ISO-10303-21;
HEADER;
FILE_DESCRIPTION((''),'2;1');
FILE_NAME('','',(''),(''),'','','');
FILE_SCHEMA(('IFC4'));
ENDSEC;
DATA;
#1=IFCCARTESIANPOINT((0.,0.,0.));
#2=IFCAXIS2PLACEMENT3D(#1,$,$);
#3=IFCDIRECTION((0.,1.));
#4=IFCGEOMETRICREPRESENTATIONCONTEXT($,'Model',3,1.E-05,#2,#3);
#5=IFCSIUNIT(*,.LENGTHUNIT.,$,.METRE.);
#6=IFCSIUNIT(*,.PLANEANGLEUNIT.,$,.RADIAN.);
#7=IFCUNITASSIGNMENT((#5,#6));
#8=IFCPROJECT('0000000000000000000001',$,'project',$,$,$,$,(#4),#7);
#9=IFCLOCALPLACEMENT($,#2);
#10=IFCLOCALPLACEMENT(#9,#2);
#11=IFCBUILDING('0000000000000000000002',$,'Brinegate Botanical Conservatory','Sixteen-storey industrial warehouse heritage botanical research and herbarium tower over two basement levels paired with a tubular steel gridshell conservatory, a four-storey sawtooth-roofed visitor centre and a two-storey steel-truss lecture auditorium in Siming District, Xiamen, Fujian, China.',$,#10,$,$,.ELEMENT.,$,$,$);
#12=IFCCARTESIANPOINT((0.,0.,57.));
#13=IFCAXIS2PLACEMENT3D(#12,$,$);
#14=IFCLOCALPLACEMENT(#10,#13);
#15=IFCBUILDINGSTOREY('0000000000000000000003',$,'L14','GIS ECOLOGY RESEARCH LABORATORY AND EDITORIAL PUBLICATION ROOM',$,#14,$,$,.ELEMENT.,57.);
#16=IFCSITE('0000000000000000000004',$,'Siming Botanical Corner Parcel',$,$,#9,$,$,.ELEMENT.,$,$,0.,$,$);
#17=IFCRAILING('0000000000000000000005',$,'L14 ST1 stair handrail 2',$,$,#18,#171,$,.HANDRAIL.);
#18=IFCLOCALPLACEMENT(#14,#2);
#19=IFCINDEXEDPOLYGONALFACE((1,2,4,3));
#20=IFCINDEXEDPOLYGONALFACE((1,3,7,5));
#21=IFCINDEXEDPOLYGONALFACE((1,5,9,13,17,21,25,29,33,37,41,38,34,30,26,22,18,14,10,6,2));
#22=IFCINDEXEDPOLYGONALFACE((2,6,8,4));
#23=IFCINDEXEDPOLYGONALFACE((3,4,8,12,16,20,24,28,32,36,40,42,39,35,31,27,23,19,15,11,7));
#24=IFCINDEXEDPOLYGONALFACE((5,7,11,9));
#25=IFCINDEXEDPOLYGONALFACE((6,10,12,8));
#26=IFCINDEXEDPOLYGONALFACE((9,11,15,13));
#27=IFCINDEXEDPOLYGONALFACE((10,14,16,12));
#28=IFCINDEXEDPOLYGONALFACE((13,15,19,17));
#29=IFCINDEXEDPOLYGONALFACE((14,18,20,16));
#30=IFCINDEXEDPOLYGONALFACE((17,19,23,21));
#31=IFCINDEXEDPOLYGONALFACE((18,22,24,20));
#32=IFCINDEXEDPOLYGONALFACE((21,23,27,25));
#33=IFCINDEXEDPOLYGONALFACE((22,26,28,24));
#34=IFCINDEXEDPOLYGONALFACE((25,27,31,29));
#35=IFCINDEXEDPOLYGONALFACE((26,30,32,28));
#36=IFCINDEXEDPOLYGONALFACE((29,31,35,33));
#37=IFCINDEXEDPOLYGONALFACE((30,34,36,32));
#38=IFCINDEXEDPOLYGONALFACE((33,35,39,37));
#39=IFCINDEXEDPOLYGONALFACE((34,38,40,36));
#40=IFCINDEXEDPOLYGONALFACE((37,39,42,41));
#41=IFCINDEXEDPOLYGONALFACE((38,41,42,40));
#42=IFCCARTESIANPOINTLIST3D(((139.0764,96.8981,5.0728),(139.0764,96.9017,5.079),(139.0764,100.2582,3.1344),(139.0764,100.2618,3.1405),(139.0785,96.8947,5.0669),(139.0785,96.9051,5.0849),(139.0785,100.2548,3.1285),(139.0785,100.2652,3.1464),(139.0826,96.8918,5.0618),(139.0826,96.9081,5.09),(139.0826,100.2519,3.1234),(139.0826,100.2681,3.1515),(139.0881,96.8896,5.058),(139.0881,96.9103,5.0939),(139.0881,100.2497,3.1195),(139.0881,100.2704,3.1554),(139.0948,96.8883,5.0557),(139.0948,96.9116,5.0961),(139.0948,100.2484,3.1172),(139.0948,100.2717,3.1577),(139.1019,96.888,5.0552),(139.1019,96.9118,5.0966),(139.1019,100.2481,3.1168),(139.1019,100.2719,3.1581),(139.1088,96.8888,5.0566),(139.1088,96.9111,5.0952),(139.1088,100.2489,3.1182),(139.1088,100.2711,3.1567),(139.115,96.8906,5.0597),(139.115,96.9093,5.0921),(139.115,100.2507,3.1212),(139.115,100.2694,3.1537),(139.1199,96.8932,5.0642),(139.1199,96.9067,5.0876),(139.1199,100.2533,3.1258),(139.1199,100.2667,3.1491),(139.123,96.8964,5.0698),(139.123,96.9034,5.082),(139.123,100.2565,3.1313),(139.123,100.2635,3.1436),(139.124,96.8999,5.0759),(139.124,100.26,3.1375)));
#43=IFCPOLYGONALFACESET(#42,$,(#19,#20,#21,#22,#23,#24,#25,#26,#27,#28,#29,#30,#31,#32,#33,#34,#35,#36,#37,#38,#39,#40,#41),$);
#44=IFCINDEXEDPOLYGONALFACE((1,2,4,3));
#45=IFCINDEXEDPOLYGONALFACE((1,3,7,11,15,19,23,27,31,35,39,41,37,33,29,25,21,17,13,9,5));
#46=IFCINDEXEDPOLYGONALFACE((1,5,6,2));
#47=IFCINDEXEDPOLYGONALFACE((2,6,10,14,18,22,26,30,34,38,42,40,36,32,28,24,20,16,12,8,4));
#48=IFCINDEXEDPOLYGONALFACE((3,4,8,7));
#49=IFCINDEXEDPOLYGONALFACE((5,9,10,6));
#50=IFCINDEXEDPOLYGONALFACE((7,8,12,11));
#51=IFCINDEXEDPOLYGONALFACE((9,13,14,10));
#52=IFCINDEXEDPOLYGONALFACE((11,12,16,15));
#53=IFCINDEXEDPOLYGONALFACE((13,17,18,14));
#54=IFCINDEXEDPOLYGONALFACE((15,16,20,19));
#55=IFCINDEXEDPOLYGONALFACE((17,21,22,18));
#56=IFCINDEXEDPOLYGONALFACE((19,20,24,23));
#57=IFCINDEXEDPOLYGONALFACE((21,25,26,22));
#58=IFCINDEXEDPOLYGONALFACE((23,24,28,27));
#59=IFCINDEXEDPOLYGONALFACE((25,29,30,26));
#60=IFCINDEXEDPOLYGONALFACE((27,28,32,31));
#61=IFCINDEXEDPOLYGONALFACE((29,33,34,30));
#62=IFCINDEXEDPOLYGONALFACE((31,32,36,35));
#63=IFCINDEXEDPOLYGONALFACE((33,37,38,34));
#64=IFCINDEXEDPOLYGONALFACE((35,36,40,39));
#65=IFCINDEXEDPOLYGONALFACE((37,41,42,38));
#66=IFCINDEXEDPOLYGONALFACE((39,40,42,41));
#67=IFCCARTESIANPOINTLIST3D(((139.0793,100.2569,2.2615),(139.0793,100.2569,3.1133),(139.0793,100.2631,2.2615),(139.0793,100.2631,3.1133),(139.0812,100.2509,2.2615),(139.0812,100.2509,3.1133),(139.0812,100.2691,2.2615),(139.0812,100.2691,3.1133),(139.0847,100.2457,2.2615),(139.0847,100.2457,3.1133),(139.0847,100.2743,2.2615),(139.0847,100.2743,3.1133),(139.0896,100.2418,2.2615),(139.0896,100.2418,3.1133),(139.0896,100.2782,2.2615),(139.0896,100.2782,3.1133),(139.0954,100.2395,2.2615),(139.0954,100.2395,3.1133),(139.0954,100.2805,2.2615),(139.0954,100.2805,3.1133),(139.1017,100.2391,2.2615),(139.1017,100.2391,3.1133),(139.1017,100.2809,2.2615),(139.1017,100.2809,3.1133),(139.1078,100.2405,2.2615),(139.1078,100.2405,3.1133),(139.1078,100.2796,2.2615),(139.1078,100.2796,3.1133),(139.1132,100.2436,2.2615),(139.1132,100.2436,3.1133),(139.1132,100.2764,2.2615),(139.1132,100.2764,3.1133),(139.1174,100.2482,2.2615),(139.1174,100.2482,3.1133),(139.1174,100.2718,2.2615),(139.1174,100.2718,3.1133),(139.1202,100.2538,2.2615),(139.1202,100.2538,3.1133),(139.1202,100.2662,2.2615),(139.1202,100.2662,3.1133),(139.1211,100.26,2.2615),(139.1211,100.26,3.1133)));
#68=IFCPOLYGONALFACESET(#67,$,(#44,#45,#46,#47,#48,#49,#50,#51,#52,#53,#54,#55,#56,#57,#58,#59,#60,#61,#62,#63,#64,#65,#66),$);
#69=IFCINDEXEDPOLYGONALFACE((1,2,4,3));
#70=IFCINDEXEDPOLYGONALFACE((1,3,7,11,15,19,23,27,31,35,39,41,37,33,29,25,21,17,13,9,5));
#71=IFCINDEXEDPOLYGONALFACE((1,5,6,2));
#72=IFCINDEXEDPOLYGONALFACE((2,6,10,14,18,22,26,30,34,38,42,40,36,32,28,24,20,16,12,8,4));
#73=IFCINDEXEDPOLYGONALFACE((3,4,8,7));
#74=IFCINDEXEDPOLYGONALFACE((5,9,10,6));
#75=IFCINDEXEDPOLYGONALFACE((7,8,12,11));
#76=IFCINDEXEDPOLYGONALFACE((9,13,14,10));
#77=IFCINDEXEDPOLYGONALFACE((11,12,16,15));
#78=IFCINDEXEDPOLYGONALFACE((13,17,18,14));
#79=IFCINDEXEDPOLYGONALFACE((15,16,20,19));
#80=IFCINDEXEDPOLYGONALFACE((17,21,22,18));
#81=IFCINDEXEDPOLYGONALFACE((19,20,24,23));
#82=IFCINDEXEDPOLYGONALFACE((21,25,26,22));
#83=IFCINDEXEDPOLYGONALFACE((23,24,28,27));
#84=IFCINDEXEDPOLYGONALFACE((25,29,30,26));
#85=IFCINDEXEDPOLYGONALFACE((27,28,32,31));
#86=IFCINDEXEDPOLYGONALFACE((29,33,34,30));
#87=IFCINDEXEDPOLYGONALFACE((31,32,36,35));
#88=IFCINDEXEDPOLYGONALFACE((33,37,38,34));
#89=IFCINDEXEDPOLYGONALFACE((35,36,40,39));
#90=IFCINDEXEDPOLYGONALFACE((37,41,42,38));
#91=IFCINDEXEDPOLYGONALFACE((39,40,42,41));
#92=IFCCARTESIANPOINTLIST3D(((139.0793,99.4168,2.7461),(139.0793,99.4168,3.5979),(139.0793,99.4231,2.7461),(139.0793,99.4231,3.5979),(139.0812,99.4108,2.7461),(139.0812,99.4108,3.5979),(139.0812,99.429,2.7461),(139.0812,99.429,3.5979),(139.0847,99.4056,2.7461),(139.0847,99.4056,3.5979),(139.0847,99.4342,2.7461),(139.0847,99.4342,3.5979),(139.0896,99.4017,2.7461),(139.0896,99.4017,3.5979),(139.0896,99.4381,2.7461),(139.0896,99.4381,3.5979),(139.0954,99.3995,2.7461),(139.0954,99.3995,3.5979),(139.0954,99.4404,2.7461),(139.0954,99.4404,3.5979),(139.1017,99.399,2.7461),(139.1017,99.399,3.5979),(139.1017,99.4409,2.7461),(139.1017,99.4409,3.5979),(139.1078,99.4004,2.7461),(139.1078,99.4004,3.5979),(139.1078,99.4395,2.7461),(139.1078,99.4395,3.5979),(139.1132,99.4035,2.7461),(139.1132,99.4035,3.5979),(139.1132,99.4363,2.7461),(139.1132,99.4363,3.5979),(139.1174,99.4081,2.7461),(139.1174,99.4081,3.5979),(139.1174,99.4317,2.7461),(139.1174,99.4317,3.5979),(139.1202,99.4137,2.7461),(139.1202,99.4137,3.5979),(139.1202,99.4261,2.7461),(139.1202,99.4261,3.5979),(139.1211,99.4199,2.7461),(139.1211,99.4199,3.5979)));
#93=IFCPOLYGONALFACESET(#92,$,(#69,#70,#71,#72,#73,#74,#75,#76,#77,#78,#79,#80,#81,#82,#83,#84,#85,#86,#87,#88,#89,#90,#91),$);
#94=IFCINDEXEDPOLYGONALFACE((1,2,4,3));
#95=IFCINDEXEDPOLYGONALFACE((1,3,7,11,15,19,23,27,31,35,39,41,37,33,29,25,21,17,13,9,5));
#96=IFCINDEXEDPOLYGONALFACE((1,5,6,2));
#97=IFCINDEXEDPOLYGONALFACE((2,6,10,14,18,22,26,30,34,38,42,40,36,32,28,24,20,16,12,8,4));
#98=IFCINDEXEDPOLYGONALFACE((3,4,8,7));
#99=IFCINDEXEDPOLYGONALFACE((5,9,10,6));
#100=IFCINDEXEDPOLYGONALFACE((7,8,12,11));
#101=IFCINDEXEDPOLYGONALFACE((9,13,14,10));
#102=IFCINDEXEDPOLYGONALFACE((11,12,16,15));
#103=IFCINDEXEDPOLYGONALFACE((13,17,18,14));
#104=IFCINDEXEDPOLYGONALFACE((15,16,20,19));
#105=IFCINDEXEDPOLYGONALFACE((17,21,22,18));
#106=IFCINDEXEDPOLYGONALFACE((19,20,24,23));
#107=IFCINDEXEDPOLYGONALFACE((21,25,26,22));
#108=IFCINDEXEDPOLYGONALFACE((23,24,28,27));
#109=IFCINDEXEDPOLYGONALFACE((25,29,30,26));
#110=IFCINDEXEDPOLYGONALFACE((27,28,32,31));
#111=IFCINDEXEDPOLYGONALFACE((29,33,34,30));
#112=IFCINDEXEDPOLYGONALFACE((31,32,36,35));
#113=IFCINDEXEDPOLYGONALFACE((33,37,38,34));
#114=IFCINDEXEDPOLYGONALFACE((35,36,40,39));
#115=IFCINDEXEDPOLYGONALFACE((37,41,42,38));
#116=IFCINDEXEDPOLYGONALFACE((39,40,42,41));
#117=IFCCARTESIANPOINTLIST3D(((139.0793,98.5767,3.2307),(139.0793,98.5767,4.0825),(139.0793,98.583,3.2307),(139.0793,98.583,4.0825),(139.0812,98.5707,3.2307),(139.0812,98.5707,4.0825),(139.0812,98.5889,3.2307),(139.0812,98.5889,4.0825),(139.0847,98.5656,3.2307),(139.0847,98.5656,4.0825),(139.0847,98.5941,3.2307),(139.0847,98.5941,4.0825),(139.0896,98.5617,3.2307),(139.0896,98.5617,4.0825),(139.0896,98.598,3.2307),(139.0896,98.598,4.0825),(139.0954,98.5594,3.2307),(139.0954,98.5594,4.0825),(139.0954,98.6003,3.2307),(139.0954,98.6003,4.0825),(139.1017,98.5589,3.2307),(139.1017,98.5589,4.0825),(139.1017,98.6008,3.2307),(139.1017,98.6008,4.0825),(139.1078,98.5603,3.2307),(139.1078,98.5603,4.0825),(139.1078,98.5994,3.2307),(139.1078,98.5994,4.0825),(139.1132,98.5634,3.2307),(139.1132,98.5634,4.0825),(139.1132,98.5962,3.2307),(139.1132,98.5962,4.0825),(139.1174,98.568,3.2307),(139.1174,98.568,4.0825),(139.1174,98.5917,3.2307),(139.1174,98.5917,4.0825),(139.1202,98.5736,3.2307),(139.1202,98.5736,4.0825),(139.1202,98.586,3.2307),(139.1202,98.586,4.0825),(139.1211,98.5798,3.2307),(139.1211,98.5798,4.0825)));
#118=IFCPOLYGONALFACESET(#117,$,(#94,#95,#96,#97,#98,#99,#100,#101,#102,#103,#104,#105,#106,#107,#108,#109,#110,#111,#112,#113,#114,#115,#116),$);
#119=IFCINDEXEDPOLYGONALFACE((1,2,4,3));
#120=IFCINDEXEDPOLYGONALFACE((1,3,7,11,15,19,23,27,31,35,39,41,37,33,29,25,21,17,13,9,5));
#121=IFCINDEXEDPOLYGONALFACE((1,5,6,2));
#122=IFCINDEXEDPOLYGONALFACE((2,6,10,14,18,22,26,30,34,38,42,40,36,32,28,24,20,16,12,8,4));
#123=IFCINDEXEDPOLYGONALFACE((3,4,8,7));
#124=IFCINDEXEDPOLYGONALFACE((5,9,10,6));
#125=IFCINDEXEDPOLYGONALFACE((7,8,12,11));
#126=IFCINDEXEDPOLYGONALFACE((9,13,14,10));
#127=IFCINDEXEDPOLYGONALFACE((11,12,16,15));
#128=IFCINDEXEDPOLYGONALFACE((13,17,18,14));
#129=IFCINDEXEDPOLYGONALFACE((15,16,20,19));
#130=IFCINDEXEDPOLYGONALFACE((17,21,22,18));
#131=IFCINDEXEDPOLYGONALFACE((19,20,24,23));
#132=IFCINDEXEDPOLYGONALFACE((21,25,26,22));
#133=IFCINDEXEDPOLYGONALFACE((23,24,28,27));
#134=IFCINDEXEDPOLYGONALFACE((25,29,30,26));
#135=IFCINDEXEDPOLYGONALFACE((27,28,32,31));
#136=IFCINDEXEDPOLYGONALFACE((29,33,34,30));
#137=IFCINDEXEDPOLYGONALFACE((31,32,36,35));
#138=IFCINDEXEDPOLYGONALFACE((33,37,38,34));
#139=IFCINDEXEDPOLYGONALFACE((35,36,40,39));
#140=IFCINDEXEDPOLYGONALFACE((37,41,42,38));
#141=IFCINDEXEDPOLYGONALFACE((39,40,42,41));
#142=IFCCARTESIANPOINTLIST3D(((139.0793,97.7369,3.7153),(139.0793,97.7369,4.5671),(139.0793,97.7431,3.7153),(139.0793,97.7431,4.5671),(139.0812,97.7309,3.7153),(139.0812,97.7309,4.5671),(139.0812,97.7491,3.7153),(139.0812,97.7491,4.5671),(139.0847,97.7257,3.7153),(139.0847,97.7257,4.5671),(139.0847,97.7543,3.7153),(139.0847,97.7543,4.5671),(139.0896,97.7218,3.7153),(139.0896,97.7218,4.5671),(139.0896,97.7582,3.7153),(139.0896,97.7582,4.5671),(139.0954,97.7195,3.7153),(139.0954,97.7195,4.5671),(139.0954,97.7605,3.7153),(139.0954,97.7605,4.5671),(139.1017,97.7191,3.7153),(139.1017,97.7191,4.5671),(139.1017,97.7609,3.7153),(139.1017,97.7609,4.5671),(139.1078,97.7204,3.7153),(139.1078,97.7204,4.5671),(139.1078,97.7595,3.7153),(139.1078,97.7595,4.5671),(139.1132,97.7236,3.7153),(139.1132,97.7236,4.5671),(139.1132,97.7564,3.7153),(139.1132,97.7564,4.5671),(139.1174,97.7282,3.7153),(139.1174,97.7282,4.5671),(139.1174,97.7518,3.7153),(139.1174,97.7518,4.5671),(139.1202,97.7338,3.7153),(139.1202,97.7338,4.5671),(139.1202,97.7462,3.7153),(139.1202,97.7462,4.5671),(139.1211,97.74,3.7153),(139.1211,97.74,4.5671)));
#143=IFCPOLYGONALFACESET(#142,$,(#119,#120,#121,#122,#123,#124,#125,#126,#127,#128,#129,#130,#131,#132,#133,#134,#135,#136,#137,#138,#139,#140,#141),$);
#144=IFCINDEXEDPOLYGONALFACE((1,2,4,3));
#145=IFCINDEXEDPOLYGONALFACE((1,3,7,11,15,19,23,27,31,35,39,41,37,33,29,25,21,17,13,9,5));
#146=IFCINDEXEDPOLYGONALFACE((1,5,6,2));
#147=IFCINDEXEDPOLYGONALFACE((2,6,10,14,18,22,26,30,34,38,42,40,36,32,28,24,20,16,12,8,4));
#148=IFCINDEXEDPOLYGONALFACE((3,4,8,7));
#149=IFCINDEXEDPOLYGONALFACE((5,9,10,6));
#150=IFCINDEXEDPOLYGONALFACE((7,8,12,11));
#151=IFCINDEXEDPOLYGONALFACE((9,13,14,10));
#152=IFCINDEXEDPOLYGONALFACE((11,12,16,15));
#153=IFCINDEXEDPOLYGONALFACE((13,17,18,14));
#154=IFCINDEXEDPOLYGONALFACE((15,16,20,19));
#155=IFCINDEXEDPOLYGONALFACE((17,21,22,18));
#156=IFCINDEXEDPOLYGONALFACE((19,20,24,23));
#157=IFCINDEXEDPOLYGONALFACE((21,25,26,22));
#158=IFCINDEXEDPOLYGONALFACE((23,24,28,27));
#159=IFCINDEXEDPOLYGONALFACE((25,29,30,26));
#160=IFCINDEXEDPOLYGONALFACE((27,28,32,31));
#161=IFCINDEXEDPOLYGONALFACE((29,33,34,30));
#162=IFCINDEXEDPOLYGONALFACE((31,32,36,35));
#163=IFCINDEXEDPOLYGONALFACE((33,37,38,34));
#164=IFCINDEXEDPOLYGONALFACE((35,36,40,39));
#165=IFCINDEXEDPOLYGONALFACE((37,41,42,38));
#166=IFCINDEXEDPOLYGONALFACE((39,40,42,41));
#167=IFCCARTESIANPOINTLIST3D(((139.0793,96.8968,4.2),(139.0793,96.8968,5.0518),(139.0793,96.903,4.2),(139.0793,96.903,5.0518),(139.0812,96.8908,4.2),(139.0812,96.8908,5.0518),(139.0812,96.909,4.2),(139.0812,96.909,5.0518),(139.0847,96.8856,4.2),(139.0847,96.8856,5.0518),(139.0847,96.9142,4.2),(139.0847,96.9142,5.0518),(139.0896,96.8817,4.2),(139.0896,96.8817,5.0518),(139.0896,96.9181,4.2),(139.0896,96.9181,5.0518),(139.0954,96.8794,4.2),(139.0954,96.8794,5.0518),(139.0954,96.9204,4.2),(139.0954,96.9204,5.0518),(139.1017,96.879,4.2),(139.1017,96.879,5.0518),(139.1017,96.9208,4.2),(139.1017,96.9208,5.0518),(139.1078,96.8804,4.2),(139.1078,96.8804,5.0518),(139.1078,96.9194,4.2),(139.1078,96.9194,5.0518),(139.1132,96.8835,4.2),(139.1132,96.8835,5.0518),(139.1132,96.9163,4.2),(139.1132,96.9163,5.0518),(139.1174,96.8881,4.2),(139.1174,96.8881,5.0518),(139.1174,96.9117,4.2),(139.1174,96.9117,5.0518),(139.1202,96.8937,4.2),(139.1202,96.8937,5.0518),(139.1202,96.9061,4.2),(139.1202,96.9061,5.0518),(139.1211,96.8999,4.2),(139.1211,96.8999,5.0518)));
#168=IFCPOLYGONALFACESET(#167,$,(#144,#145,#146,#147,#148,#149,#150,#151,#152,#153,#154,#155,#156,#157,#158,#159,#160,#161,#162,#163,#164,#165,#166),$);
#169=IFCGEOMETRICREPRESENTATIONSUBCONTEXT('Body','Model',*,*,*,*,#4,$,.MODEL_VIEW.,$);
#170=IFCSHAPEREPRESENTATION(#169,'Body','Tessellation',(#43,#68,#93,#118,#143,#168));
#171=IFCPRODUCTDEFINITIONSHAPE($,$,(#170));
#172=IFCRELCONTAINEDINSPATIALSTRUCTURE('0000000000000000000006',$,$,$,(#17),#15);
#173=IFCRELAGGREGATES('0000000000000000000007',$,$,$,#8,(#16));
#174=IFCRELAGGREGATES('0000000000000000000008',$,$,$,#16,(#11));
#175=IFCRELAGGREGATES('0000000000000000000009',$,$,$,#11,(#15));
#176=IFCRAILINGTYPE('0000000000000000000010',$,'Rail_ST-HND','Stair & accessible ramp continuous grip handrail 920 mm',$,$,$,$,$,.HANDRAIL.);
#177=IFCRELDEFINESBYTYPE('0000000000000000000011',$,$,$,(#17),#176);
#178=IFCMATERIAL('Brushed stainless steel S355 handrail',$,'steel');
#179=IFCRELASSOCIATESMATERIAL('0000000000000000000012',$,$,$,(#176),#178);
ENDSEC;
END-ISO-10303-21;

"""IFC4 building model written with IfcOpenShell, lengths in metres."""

from ifc_helpers import new_model, si_unit, direction, frame, origin, origin_2d, place, context, subcontext, project, spatial, circle, extrude, material, type_object, element, save


model = new_model("IFC4")

# Units and contexts
model_context = context("Model", 3, precision=1e-05, world=origin(), true_north=direction((0.0, 1.0)))
body_context = subcontext(model_context, "Body", "Model", "MODEL_VIEW")
ifc_project = project(units=[si_unit("LENGTHUNIT", "METRE"), si_unit("PLANEANGLEUNIT", "RADIAN")], contexts=[model_context])

# Site, building, storey
site_placement = place(None, origin())
site = spatial("IfcSite", under=ifc_project, at=site_placement, Name="Siming Botanical Corner Parcel", CompositionType="ELEMENT", RefElevation=0.0)
building_placement = place(site_placement, origin())
building = spatial("IfcBuilding", under=site, at=building_placement, Name="Brinegate Botanical Conservatory", Description="Sixteen-storey industrial warehouse heritage botanical research and herbarium tower over two basement levels paired with a tubular steel gridshell conservatory, a four-storey sawtooth-roofed visitor centre and a two-storey steel-truss lecture auditorium in Siming District, Xiamen, Fujian, China.", CompositionType="ELEMENT")
storey_placement = place(building_placement, frame((0.0, 0.0, 57.0)))
storey = spatial("IfcBuildingStorey", under=building, at=storey_placement, Name="L14", Description="GIS ECOLOGY RESEARCH LABORATORY AND EDITORIAL PUBLICATION ROOM", CompositionType="ELEMENT", Elevation=57.0)

# Railing
ifc_material_1 = material(Name="Brushed stainless steel S355 handrail", Category="steel")
railing_type_1 = type_object("IfcRailingType", Name="Rail_ST-HND", Description="Stair & accessible ramp continuous grip handrail 920 mm", PredefinedType="HANDRAIL", material=ifc_material_1)
railing_1_placement = place(storey_placement, frame((139.1001, 100.26, 2.2615)))
element("IfcRailing", 1, at=railing_1_placement, inside=storey, type_object=railing_type_1, Name="L14 ST1 stair handrail 2", PredefinedType="HANDRAIL", context=body_context, shape_type="SweptSolid", body=[
    extrude(circle(Radius=0.0239, at=origin_2d()), frame((0.0, 0.0, 0.876), z_axis=(0.0, -0.866191, 0.499713), x_axis=(1.0, 0.0, 0.0)), (0.0, 0.0, 1.0), 3.8792),
    extrude(circle(Radius=0.021, at=origin_2d()), origin(), (0.0, 0.0, 1.0), 0.8518),
    extrude(circle(Radius=0.021, at=origin_2d()), frame((0.0, -0.8401, 0.4846)), (0.0, 0.0, 1.0), 0.8518),
    extrude(circle(Radius=0.021, at=origin_2d()), frame((0.0, -1.6802, 0.9692)), (0.0, 0.0, 1.0), 0.8518),
    extrude(circle(Radius=0.021, at=origin_2d()), frame((0.0, -2.52, 1.4539)), (0.0, 0.0, 1.0), 0.8518),
    extrude(circle(Radius=0.021, at=origin_2d()), frame((0.0, -3.3601, 1.9385)), (0.0, 0.0, 1.0), 0.8518),
])

save(model, "model.ifc")
